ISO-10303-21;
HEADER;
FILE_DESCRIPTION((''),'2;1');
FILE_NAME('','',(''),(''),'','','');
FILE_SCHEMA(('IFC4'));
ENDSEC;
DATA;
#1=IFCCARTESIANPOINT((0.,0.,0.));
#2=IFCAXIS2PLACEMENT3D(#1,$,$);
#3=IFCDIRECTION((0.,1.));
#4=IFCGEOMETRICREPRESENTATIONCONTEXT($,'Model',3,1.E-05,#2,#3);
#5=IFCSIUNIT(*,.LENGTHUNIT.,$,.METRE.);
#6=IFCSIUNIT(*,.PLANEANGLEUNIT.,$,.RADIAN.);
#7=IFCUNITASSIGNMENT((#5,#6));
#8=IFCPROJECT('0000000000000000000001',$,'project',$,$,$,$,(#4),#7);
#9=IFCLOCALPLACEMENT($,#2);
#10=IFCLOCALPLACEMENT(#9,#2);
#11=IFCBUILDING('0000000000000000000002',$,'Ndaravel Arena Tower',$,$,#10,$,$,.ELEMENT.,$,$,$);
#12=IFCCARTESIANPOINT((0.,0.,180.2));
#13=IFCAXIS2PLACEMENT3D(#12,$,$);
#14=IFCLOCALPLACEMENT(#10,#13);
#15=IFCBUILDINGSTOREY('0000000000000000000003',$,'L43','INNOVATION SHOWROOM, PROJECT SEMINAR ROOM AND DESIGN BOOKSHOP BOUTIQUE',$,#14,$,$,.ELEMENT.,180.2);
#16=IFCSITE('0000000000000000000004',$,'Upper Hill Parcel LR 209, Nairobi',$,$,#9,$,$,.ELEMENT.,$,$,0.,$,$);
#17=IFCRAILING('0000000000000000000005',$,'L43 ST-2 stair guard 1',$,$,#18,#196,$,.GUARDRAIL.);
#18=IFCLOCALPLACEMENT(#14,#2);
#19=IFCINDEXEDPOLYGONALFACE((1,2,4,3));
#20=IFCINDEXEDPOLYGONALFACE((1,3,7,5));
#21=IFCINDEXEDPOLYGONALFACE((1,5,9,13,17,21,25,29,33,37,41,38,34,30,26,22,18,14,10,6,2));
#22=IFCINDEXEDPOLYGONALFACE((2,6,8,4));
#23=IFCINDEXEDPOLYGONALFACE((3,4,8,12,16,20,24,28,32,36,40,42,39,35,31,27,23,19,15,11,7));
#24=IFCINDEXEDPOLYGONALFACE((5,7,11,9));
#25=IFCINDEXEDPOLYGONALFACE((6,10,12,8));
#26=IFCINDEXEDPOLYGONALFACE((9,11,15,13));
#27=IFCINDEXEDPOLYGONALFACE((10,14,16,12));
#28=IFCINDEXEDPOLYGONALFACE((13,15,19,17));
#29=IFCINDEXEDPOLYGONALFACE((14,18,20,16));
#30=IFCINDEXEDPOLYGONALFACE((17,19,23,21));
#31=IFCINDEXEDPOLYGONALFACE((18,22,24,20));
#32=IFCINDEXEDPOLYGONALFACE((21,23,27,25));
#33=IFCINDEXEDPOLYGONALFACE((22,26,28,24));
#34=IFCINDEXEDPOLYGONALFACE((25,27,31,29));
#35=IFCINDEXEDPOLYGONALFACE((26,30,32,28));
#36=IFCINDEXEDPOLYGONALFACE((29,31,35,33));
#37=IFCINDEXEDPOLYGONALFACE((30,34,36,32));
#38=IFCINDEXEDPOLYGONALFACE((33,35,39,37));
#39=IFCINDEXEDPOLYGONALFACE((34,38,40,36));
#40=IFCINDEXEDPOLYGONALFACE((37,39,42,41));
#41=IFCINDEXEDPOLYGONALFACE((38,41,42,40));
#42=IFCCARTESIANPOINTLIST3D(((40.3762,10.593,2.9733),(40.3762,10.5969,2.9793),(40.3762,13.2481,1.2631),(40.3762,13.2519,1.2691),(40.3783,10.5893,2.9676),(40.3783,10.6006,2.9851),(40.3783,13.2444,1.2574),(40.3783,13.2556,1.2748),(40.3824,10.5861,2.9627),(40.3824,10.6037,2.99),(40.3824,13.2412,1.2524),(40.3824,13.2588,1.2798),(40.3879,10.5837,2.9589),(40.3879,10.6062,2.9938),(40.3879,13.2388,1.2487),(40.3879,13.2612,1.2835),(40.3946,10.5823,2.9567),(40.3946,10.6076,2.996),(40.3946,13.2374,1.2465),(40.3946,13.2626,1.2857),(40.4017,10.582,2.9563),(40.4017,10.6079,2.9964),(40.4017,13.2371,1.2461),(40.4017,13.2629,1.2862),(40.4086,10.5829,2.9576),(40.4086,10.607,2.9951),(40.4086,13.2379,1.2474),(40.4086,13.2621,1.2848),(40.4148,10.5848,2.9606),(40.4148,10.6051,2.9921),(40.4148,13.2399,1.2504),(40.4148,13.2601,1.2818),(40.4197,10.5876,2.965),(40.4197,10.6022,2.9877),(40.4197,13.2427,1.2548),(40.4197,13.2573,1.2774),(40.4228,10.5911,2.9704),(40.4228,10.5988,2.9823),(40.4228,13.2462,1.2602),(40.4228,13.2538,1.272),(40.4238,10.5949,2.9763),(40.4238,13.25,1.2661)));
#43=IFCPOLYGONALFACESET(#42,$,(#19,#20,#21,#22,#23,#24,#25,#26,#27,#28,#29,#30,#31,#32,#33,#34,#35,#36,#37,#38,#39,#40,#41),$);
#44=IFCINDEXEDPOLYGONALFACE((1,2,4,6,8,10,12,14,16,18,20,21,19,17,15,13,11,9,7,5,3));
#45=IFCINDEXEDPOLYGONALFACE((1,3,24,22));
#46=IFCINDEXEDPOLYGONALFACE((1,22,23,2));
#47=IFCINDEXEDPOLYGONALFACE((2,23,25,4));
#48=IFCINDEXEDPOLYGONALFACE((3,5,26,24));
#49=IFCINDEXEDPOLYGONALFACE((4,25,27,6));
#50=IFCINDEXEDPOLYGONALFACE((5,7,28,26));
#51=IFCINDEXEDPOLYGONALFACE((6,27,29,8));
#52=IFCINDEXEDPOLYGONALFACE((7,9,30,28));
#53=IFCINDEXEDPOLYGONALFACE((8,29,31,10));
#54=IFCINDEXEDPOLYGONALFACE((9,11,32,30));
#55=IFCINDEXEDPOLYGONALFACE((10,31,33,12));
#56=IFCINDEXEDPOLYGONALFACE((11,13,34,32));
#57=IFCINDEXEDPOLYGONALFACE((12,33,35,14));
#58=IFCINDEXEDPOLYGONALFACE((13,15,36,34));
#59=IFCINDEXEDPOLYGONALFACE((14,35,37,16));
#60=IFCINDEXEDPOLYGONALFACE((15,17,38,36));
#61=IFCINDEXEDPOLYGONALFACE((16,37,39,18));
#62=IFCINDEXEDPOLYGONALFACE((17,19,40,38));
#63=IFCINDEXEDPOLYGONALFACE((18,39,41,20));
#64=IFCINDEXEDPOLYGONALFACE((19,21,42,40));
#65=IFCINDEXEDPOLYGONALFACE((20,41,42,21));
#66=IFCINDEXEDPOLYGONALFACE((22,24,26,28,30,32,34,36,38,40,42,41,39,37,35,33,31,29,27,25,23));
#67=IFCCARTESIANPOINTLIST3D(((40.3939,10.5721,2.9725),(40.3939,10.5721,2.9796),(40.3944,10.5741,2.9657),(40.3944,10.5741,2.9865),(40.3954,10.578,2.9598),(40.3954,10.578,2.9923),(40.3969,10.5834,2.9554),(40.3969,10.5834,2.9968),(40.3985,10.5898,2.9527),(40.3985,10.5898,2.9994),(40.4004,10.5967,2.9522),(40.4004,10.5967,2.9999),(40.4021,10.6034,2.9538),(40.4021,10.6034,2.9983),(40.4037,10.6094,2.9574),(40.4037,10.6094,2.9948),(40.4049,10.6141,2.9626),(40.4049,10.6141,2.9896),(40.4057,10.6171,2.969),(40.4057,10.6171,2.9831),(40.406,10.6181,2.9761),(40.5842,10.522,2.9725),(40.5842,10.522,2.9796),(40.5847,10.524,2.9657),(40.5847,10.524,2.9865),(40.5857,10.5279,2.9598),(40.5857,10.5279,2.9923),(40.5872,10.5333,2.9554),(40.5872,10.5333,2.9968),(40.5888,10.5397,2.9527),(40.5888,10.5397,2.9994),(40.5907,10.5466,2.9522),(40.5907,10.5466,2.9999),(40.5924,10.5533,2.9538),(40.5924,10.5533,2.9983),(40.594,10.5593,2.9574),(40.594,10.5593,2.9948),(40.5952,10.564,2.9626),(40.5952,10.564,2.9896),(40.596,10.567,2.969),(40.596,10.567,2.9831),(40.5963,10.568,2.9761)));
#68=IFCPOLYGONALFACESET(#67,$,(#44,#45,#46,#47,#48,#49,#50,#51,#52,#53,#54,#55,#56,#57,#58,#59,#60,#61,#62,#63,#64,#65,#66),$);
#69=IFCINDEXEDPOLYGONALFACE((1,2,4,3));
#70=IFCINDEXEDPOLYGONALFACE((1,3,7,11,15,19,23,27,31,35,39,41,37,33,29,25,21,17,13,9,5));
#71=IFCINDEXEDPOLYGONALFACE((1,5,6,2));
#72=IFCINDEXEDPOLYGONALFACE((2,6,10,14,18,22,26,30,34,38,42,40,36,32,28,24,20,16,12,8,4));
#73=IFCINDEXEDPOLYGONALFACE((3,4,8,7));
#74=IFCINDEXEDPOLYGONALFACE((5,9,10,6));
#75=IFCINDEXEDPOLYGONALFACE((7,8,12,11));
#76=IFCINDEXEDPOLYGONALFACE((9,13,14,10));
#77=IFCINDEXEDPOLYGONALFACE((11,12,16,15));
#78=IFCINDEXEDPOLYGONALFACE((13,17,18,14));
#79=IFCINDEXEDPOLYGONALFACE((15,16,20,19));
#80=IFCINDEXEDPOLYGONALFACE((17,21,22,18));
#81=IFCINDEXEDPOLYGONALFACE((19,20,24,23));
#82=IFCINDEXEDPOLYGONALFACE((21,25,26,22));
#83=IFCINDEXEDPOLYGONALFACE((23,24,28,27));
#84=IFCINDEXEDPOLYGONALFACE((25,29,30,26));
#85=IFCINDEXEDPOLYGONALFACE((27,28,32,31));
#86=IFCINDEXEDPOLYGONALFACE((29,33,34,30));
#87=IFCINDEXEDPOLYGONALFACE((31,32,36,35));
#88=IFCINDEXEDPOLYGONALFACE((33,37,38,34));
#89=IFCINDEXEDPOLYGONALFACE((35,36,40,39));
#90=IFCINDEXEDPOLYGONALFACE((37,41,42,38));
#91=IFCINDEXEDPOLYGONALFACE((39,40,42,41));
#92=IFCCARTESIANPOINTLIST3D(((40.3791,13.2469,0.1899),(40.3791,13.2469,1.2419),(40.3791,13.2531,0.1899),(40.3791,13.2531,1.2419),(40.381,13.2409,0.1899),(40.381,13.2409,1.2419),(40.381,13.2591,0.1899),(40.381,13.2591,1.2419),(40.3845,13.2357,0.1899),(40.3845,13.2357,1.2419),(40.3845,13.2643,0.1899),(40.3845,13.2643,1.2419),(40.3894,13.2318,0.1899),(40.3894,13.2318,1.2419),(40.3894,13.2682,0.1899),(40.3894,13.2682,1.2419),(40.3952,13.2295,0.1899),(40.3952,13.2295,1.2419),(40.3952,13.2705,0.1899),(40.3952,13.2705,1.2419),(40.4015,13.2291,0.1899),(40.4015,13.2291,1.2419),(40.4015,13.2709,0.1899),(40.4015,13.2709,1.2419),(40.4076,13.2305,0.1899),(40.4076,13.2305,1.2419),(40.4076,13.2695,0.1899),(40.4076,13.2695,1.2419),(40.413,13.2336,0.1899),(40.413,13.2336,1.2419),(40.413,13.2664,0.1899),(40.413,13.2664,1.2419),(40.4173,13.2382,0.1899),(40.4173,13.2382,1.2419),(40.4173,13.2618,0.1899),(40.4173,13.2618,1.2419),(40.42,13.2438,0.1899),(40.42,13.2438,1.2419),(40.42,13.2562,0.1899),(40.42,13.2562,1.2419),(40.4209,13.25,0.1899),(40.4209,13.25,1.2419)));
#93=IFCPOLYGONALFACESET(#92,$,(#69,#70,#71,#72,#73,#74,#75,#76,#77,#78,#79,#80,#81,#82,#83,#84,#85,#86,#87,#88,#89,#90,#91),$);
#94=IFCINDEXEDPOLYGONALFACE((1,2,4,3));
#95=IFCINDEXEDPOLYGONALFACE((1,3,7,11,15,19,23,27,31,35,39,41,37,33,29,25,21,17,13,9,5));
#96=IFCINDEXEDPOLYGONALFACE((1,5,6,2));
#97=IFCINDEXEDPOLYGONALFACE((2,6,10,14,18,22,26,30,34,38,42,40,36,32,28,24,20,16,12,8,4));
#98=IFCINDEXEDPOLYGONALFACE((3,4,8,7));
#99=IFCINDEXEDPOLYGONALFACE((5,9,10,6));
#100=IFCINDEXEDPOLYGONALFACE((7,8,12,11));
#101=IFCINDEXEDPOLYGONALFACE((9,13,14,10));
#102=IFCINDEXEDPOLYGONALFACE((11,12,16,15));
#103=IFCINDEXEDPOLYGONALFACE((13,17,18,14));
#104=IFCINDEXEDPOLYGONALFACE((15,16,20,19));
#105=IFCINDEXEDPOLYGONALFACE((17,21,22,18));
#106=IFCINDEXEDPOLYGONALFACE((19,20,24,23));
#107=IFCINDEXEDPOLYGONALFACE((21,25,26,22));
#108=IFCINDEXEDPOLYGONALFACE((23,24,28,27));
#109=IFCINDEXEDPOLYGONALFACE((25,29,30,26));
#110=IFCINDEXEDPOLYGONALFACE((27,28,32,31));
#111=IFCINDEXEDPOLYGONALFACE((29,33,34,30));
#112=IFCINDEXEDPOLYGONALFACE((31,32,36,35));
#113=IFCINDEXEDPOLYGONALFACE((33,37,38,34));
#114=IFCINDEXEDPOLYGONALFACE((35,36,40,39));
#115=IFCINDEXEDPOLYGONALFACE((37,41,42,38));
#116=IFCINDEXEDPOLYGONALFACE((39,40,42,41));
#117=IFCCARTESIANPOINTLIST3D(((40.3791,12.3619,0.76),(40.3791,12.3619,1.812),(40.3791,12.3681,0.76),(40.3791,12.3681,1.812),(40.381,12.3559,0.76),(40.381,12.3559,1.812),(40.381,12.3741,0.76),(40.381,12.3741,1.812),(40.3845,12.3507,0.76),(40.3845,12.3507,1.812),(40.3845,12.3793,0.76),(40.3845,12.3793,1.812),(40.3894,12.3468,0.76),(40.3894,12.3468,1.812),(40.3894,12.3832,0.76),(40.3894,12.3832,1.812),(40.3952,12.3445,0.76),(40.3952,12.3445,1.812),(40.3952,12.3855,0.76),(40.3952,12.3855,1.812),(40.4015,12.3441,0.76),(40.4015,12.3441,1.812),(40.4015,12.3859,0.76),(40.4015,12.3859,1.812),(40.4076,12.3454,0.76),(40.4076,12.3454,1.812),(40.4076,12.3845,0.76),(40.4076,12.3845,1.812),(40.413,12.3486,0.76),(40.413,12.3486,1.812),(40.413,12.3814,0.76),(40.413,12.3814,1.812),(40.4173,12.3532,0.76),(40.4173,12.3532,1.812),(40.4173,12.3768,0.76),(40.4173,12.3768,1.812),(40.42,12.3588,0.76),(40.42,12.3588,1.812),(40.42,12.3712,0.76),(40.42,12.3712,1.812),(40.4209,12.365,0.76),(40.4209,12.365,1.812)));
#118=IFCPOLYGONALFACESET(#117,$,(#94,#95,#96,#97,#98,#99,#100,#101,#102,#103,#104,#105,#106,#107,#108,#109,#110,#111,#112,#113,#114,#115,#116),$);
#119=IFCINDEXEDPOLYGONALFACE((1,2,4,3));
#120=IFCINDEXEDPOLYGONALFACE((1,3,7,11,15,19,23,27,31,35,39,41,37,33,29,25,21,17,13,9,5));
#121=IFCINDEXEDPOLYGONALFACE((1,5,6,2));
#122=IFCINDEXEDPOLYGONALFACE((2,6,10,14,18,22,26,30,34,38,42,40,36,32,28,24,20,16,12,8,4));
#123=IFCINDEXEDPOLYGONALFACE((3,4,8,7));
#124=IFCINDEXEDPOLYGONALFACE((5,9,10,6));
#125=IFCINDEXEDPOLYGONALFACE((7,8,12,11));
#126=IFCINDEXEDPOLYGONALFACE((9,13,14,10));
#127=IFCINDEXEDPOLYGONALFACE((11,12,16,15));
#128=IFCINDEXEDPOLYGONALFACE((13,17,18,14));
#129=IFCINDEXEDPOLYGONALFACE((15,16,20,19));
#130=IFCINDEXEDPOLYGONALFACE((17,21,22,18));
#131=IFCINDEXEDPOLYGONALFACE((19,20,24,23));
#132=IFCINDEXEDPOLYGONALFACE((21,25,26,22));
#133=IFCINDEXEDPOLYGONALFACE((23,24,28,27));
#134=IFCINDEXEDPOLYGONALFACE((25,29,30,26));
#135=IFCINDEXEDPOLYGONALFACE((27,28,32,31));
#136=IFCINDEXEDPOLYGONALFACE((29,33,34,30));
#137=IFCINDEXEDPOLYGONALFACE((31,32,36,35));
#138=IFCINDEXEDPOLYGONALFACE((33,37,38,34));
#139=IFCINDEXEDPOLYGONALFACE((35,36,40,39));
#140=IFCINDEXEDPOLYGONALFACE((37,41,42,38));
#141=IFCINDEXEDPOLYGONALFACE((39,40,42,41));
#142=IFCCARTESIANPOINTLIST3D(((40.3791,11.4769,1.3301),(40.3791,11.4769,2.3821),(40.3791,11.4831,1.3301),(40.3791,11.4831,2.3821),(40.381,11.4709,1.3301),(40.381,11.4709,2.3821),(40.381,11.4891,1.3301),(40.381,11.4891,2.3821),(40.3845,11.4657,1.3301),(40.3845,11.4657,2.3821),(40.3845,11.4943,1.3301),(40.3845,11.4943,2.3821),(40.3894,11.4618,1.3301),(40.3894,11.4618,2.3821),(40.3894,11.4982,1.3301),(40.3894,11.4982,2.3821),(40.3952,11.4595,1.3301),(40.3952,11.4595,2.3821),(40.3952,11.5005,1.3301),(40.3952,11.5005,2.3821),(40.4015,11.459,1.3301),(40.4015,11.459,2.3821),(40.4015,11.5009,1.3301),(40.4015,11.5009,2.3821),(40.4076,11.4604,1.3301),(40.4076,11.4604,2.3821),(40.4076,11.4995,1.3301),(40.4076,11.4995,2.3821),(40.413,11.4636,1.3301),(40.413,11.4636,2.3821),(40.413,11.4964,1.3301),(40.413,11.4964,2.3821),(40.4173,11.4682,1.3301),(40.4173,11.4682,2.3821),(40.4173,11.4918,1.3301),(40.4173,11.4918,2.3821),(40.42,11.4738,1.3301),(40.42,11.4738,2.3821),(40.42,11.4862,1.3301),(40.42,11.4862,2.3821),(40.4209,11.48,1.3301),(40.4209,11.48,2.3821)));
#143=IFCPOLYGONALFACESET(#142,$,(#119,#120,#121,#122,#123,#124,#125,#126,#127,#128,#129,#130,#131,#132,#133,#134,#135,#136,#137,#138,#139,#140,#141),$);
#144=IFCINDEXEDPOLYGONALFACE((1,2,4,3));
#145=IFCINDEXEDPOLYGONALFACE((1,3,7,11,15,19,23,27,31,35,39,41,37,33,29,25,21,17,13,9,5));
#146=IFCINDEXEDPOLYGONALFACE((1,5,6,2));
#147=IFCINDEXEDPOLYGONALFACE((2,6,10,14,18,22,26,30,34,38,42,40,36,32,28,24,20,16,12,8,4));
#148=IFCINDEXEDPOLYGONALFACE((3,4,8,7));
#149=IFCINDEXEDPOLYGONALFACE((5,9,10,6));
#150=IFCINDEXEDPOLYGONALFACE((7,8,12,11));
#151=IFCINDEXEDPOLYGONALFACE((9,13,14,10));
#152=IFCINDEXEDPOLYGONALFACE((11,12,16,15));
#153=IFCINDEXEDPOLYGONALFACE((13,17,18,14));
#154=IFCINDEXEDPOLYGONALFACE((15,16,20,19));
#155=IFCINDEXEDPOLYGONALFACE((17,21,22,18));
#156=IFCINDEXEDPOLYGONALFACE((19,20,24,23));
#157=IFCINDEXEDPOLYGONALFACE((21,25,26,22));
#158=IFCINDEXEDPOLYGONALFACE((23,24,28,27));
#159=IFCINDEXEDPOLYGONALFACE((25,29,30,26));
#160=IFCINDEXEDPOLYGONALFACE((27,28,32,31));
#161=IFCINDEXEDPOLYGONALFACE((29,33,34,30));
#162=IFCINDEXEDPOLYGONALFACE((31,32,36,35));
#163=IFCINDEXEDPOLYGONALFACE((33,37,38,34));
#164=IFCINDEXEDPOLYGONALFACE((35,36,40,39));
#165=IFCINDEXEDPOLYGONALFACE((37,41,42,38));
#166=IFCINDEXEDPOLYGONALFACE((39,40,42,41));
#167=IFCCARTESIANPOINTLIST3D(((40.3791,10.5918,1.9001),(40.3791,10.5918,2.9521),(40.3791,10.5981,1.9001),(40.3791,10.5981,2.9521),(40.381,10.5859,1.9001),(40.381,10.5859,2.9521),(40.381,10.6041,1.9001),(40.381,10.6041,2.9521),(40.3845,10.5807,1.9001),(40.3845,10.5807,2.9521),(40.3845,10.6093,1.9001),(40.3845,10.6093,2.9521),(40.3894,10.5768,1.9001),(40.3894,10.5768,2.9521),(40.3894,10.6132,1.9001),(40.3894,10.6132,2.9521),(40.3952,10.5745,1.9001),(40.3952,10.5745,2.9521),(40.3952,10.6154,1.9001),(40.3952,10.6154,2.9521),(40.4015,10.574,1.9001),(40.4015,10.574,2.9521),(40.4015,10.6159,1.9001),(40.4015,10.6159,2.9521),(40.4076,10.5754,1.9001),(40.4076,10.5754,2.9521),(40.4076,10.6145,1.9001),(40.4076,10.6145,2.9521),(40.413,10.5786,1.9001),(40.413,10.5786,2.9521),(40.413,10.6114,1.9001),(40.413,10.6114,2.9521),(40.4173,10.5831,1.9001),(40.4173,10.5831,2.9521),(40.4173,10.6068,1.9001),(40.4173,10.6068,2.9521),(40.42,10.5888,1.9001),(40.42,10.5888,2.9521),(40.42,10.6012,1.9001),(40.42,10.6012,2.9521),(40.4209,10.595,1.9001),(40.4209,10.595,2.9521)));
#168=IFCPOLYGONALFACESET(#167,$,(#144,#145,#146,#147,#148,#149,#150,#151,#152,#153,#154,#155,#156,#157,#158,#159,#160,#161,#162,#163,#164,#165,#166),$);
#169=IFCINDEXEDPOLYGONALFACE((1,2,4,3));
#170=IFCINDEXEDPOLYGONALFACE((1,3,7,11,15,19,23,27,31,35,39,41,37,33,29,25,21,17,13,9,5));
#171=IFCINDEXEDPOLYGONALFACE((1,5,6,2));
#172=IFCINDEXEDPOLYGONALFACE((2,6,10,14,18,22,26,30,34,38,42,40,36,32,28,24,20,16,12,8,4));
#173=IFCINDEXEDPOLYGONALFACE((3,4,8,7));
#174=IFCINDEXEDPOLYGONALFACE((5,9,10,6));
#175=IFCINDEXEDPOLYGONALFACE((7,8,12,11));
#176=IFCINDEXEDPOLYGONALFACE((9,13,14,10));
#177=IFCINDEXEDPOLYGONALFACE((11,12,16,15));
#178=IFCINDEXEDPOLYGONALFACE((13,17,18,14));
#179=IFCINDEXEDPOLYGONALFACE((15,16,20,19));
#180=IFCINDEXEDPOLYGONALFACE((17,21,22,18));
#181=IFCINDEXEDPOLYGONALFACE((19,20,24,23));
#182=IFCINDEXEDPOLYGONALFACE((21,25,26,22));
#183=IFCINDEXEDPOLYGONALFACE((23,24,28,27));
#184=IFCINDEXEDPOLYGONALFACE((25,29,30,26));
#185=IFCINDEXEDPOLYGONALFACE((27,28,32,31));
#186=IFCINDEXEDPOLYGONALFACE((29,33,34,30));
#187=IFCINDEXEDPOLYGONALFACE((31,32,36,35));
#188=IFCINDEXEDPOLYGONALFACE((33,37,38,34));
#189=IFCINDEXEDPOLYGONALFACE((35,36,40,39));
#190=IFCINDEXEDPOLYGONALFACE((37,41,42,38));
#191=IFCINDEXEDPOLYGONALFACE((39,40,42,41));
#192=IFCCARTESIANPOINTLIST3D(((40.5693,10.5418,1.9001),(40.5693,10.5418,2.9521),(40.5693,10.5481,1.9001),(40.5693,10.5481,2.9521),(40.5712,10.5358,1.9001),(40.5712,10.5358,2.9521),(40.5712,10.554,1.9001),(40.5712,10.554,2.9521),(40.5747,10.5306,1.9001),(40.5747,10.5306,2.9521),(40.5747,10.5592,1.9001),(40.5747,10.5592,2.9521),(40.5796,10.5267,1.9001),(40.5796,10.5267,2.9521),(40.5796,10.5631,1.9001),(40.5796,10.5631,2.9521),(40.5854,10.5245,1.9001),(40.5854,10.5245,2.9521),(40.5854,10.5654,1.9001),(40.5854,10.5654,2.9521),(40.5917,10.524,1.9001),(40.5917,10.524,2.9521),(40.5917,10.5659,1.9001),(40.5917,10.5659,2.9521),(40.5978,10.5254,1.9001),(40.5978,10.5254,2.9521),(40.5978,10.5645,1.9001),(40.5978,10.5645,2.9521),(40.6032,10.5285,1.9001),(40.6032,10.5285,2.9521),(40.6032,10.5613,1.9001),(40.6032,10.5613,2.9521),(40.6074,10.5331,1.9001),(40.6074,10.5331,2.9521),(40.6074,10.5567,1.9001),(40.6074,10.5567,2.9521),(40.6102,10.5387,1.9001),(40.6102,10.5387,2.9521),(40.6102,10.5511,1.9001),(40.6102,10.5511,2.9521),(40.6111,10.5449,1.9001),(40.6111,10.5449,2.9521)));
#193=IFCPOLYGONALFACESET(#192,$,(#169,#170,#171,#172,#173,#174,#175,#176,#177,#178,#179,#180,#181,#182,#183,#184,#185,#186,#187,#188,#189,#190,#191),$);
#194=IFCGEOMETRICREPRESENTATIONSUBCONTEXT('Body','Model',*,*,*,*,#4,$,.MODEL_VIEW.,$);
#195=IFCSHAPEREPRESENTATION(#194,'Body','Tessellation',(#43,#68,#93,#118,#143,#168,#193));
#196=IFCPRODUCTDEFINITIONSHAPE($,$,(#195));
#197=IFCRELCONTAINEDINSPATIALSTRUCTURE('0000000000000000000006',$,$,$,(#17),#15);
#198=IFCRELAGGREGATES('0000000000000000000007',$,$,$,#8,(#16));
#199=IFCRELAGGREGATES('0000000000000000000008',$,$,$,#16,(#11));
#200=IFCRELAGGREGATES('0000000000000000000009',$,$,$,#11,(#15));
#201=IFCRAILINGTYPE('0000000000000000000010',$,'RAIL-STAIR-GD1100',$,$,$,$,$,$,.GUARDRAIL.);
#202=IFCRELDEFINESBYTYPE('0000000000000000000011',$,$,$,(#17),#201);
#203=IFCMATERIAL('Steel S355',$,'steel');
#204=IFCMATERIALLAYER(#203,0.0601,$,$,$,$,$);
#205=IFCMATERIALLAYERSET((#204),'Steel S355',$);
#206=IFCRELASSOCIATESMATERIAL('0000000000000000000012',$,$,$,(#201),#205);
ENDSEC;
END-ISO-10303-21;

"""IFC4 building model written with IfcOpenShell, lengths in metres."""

from ifc_helpers import new_model, si_unit, direction, frame, origin, origin_2d, place, context, subcontext, project, spatial, circle, extrude, material, layer, layer_set, type_object, element, save


model = new_model("IFC4")

# Units and contexts
model_context = context("Model", 3, precision=1e-05, world=origin(), true_north=direction((0.0, 1.0)))
body_context = subcontext(model_context, "Body", "Model", "MODEL_VIEW")
ifc_project = project(units=[si_unit("LENGTHUNIT", "METRE"), si_unit("PLANEANGLEUNIT", "RADIAN")], contexts=[model_context])

# Site, building, storey
site_placement = place(None, origin())
site = spatial("IfcSite", under=ifc_project, at=site_placement, Name="Upper Hill Parcel LR 209, Nairobi", CompositionType="ELEMENT", RefElevation=0.0)
building_placement = place(site_placement, origin())
building = spatial("IfcBuilding", under=site, at=building_placement, Name="Ndaravel Arena Tower", CompositionType="ELEMENT")
storey_placement = place(building_placement, frame((0.0, 0.0, 180.2)))
storey = spatial("IfcBuildingStorey", under=building, at=storey_placement, Name="L43", Description="INNOVATION SHOWROOM, PROJECT SEMINAR ROOM AND DESIGN BOOKSHOP BOUTIQUE", CompositionType="ELEMENT", Elevation=180.2)

# Railing
ifc_material_1 = material(Name="Steel S355", Category="steel")
ifc_layer_1 = layer(ifc_material_1, 0.0601)
ifc_layer_set_1 = layer_set([ifc_layer_1], Name="Steel S355")
railing_type_1 = type_object("IfcRailingType", Name="RAIL-STAIR-GD1100", PredefinedType="GUARDRAIL", material=ifc_layer_set_1)
railing_1_placement = place(storey_placement, frame((40.3999, 13.25, 0.1899)))
element("IfcRailing", 1, at=railing_1_placement, inside=storey, type_object=railing_type_1, Name="L43 ST-2 stair guard 1", PredefinedType="GUARDRAIL", context=body_context, shape_type="SweptSolid", body=[
    extrude(circle(Radius=0.0239, at=origin_2d()), frame((0.0, 0.0, 1.0762), z_axis=(0.0, -0.840688, 0.541519), x_axis=(1.0, 0.0, 0.0)), (0.0, 0.0, 1.0), 3.1582),
    extrude(circle(Radius=0.0239, at=origin_2d()), frame((0.0, -2.655, 2.7861), z_axis=(0.967075, -0.254493, 0.0), x_axis=(0.254493, 0.967075, 0.0)), (0.0, 0.0, 1.0), 0.1968),
    extrude(circle(Radius=0.021, at=origin_2d()), origin(), (0.0, 0.0, 1.0), 1.052),
    extrude(circle(Radius=0.021, at=origin_2d()), frame((0.0, -0.885, 0.5701)), (0.0, 0.0, 1.0), 1.052),
    extrude(circle(Radius=0.021, at=origin_2d()), frame((0.0, -1.77, 1.1401)), (0.0, 0.0, 1.0), 1.052),
    extrude(circle(Radius=0.021, at=origin_2d()), frame((0.0, -2.655, 1.7102)), (0.0, 0.0, 1.0), 1.052),
    extrude(circle(Radius=0.021, at=origin_2d()), frame((0.1902, -2.7051, 1.7102)), (0.0, 0.0, 1.0), 1.052),
])

save(model, "model.ifc")
